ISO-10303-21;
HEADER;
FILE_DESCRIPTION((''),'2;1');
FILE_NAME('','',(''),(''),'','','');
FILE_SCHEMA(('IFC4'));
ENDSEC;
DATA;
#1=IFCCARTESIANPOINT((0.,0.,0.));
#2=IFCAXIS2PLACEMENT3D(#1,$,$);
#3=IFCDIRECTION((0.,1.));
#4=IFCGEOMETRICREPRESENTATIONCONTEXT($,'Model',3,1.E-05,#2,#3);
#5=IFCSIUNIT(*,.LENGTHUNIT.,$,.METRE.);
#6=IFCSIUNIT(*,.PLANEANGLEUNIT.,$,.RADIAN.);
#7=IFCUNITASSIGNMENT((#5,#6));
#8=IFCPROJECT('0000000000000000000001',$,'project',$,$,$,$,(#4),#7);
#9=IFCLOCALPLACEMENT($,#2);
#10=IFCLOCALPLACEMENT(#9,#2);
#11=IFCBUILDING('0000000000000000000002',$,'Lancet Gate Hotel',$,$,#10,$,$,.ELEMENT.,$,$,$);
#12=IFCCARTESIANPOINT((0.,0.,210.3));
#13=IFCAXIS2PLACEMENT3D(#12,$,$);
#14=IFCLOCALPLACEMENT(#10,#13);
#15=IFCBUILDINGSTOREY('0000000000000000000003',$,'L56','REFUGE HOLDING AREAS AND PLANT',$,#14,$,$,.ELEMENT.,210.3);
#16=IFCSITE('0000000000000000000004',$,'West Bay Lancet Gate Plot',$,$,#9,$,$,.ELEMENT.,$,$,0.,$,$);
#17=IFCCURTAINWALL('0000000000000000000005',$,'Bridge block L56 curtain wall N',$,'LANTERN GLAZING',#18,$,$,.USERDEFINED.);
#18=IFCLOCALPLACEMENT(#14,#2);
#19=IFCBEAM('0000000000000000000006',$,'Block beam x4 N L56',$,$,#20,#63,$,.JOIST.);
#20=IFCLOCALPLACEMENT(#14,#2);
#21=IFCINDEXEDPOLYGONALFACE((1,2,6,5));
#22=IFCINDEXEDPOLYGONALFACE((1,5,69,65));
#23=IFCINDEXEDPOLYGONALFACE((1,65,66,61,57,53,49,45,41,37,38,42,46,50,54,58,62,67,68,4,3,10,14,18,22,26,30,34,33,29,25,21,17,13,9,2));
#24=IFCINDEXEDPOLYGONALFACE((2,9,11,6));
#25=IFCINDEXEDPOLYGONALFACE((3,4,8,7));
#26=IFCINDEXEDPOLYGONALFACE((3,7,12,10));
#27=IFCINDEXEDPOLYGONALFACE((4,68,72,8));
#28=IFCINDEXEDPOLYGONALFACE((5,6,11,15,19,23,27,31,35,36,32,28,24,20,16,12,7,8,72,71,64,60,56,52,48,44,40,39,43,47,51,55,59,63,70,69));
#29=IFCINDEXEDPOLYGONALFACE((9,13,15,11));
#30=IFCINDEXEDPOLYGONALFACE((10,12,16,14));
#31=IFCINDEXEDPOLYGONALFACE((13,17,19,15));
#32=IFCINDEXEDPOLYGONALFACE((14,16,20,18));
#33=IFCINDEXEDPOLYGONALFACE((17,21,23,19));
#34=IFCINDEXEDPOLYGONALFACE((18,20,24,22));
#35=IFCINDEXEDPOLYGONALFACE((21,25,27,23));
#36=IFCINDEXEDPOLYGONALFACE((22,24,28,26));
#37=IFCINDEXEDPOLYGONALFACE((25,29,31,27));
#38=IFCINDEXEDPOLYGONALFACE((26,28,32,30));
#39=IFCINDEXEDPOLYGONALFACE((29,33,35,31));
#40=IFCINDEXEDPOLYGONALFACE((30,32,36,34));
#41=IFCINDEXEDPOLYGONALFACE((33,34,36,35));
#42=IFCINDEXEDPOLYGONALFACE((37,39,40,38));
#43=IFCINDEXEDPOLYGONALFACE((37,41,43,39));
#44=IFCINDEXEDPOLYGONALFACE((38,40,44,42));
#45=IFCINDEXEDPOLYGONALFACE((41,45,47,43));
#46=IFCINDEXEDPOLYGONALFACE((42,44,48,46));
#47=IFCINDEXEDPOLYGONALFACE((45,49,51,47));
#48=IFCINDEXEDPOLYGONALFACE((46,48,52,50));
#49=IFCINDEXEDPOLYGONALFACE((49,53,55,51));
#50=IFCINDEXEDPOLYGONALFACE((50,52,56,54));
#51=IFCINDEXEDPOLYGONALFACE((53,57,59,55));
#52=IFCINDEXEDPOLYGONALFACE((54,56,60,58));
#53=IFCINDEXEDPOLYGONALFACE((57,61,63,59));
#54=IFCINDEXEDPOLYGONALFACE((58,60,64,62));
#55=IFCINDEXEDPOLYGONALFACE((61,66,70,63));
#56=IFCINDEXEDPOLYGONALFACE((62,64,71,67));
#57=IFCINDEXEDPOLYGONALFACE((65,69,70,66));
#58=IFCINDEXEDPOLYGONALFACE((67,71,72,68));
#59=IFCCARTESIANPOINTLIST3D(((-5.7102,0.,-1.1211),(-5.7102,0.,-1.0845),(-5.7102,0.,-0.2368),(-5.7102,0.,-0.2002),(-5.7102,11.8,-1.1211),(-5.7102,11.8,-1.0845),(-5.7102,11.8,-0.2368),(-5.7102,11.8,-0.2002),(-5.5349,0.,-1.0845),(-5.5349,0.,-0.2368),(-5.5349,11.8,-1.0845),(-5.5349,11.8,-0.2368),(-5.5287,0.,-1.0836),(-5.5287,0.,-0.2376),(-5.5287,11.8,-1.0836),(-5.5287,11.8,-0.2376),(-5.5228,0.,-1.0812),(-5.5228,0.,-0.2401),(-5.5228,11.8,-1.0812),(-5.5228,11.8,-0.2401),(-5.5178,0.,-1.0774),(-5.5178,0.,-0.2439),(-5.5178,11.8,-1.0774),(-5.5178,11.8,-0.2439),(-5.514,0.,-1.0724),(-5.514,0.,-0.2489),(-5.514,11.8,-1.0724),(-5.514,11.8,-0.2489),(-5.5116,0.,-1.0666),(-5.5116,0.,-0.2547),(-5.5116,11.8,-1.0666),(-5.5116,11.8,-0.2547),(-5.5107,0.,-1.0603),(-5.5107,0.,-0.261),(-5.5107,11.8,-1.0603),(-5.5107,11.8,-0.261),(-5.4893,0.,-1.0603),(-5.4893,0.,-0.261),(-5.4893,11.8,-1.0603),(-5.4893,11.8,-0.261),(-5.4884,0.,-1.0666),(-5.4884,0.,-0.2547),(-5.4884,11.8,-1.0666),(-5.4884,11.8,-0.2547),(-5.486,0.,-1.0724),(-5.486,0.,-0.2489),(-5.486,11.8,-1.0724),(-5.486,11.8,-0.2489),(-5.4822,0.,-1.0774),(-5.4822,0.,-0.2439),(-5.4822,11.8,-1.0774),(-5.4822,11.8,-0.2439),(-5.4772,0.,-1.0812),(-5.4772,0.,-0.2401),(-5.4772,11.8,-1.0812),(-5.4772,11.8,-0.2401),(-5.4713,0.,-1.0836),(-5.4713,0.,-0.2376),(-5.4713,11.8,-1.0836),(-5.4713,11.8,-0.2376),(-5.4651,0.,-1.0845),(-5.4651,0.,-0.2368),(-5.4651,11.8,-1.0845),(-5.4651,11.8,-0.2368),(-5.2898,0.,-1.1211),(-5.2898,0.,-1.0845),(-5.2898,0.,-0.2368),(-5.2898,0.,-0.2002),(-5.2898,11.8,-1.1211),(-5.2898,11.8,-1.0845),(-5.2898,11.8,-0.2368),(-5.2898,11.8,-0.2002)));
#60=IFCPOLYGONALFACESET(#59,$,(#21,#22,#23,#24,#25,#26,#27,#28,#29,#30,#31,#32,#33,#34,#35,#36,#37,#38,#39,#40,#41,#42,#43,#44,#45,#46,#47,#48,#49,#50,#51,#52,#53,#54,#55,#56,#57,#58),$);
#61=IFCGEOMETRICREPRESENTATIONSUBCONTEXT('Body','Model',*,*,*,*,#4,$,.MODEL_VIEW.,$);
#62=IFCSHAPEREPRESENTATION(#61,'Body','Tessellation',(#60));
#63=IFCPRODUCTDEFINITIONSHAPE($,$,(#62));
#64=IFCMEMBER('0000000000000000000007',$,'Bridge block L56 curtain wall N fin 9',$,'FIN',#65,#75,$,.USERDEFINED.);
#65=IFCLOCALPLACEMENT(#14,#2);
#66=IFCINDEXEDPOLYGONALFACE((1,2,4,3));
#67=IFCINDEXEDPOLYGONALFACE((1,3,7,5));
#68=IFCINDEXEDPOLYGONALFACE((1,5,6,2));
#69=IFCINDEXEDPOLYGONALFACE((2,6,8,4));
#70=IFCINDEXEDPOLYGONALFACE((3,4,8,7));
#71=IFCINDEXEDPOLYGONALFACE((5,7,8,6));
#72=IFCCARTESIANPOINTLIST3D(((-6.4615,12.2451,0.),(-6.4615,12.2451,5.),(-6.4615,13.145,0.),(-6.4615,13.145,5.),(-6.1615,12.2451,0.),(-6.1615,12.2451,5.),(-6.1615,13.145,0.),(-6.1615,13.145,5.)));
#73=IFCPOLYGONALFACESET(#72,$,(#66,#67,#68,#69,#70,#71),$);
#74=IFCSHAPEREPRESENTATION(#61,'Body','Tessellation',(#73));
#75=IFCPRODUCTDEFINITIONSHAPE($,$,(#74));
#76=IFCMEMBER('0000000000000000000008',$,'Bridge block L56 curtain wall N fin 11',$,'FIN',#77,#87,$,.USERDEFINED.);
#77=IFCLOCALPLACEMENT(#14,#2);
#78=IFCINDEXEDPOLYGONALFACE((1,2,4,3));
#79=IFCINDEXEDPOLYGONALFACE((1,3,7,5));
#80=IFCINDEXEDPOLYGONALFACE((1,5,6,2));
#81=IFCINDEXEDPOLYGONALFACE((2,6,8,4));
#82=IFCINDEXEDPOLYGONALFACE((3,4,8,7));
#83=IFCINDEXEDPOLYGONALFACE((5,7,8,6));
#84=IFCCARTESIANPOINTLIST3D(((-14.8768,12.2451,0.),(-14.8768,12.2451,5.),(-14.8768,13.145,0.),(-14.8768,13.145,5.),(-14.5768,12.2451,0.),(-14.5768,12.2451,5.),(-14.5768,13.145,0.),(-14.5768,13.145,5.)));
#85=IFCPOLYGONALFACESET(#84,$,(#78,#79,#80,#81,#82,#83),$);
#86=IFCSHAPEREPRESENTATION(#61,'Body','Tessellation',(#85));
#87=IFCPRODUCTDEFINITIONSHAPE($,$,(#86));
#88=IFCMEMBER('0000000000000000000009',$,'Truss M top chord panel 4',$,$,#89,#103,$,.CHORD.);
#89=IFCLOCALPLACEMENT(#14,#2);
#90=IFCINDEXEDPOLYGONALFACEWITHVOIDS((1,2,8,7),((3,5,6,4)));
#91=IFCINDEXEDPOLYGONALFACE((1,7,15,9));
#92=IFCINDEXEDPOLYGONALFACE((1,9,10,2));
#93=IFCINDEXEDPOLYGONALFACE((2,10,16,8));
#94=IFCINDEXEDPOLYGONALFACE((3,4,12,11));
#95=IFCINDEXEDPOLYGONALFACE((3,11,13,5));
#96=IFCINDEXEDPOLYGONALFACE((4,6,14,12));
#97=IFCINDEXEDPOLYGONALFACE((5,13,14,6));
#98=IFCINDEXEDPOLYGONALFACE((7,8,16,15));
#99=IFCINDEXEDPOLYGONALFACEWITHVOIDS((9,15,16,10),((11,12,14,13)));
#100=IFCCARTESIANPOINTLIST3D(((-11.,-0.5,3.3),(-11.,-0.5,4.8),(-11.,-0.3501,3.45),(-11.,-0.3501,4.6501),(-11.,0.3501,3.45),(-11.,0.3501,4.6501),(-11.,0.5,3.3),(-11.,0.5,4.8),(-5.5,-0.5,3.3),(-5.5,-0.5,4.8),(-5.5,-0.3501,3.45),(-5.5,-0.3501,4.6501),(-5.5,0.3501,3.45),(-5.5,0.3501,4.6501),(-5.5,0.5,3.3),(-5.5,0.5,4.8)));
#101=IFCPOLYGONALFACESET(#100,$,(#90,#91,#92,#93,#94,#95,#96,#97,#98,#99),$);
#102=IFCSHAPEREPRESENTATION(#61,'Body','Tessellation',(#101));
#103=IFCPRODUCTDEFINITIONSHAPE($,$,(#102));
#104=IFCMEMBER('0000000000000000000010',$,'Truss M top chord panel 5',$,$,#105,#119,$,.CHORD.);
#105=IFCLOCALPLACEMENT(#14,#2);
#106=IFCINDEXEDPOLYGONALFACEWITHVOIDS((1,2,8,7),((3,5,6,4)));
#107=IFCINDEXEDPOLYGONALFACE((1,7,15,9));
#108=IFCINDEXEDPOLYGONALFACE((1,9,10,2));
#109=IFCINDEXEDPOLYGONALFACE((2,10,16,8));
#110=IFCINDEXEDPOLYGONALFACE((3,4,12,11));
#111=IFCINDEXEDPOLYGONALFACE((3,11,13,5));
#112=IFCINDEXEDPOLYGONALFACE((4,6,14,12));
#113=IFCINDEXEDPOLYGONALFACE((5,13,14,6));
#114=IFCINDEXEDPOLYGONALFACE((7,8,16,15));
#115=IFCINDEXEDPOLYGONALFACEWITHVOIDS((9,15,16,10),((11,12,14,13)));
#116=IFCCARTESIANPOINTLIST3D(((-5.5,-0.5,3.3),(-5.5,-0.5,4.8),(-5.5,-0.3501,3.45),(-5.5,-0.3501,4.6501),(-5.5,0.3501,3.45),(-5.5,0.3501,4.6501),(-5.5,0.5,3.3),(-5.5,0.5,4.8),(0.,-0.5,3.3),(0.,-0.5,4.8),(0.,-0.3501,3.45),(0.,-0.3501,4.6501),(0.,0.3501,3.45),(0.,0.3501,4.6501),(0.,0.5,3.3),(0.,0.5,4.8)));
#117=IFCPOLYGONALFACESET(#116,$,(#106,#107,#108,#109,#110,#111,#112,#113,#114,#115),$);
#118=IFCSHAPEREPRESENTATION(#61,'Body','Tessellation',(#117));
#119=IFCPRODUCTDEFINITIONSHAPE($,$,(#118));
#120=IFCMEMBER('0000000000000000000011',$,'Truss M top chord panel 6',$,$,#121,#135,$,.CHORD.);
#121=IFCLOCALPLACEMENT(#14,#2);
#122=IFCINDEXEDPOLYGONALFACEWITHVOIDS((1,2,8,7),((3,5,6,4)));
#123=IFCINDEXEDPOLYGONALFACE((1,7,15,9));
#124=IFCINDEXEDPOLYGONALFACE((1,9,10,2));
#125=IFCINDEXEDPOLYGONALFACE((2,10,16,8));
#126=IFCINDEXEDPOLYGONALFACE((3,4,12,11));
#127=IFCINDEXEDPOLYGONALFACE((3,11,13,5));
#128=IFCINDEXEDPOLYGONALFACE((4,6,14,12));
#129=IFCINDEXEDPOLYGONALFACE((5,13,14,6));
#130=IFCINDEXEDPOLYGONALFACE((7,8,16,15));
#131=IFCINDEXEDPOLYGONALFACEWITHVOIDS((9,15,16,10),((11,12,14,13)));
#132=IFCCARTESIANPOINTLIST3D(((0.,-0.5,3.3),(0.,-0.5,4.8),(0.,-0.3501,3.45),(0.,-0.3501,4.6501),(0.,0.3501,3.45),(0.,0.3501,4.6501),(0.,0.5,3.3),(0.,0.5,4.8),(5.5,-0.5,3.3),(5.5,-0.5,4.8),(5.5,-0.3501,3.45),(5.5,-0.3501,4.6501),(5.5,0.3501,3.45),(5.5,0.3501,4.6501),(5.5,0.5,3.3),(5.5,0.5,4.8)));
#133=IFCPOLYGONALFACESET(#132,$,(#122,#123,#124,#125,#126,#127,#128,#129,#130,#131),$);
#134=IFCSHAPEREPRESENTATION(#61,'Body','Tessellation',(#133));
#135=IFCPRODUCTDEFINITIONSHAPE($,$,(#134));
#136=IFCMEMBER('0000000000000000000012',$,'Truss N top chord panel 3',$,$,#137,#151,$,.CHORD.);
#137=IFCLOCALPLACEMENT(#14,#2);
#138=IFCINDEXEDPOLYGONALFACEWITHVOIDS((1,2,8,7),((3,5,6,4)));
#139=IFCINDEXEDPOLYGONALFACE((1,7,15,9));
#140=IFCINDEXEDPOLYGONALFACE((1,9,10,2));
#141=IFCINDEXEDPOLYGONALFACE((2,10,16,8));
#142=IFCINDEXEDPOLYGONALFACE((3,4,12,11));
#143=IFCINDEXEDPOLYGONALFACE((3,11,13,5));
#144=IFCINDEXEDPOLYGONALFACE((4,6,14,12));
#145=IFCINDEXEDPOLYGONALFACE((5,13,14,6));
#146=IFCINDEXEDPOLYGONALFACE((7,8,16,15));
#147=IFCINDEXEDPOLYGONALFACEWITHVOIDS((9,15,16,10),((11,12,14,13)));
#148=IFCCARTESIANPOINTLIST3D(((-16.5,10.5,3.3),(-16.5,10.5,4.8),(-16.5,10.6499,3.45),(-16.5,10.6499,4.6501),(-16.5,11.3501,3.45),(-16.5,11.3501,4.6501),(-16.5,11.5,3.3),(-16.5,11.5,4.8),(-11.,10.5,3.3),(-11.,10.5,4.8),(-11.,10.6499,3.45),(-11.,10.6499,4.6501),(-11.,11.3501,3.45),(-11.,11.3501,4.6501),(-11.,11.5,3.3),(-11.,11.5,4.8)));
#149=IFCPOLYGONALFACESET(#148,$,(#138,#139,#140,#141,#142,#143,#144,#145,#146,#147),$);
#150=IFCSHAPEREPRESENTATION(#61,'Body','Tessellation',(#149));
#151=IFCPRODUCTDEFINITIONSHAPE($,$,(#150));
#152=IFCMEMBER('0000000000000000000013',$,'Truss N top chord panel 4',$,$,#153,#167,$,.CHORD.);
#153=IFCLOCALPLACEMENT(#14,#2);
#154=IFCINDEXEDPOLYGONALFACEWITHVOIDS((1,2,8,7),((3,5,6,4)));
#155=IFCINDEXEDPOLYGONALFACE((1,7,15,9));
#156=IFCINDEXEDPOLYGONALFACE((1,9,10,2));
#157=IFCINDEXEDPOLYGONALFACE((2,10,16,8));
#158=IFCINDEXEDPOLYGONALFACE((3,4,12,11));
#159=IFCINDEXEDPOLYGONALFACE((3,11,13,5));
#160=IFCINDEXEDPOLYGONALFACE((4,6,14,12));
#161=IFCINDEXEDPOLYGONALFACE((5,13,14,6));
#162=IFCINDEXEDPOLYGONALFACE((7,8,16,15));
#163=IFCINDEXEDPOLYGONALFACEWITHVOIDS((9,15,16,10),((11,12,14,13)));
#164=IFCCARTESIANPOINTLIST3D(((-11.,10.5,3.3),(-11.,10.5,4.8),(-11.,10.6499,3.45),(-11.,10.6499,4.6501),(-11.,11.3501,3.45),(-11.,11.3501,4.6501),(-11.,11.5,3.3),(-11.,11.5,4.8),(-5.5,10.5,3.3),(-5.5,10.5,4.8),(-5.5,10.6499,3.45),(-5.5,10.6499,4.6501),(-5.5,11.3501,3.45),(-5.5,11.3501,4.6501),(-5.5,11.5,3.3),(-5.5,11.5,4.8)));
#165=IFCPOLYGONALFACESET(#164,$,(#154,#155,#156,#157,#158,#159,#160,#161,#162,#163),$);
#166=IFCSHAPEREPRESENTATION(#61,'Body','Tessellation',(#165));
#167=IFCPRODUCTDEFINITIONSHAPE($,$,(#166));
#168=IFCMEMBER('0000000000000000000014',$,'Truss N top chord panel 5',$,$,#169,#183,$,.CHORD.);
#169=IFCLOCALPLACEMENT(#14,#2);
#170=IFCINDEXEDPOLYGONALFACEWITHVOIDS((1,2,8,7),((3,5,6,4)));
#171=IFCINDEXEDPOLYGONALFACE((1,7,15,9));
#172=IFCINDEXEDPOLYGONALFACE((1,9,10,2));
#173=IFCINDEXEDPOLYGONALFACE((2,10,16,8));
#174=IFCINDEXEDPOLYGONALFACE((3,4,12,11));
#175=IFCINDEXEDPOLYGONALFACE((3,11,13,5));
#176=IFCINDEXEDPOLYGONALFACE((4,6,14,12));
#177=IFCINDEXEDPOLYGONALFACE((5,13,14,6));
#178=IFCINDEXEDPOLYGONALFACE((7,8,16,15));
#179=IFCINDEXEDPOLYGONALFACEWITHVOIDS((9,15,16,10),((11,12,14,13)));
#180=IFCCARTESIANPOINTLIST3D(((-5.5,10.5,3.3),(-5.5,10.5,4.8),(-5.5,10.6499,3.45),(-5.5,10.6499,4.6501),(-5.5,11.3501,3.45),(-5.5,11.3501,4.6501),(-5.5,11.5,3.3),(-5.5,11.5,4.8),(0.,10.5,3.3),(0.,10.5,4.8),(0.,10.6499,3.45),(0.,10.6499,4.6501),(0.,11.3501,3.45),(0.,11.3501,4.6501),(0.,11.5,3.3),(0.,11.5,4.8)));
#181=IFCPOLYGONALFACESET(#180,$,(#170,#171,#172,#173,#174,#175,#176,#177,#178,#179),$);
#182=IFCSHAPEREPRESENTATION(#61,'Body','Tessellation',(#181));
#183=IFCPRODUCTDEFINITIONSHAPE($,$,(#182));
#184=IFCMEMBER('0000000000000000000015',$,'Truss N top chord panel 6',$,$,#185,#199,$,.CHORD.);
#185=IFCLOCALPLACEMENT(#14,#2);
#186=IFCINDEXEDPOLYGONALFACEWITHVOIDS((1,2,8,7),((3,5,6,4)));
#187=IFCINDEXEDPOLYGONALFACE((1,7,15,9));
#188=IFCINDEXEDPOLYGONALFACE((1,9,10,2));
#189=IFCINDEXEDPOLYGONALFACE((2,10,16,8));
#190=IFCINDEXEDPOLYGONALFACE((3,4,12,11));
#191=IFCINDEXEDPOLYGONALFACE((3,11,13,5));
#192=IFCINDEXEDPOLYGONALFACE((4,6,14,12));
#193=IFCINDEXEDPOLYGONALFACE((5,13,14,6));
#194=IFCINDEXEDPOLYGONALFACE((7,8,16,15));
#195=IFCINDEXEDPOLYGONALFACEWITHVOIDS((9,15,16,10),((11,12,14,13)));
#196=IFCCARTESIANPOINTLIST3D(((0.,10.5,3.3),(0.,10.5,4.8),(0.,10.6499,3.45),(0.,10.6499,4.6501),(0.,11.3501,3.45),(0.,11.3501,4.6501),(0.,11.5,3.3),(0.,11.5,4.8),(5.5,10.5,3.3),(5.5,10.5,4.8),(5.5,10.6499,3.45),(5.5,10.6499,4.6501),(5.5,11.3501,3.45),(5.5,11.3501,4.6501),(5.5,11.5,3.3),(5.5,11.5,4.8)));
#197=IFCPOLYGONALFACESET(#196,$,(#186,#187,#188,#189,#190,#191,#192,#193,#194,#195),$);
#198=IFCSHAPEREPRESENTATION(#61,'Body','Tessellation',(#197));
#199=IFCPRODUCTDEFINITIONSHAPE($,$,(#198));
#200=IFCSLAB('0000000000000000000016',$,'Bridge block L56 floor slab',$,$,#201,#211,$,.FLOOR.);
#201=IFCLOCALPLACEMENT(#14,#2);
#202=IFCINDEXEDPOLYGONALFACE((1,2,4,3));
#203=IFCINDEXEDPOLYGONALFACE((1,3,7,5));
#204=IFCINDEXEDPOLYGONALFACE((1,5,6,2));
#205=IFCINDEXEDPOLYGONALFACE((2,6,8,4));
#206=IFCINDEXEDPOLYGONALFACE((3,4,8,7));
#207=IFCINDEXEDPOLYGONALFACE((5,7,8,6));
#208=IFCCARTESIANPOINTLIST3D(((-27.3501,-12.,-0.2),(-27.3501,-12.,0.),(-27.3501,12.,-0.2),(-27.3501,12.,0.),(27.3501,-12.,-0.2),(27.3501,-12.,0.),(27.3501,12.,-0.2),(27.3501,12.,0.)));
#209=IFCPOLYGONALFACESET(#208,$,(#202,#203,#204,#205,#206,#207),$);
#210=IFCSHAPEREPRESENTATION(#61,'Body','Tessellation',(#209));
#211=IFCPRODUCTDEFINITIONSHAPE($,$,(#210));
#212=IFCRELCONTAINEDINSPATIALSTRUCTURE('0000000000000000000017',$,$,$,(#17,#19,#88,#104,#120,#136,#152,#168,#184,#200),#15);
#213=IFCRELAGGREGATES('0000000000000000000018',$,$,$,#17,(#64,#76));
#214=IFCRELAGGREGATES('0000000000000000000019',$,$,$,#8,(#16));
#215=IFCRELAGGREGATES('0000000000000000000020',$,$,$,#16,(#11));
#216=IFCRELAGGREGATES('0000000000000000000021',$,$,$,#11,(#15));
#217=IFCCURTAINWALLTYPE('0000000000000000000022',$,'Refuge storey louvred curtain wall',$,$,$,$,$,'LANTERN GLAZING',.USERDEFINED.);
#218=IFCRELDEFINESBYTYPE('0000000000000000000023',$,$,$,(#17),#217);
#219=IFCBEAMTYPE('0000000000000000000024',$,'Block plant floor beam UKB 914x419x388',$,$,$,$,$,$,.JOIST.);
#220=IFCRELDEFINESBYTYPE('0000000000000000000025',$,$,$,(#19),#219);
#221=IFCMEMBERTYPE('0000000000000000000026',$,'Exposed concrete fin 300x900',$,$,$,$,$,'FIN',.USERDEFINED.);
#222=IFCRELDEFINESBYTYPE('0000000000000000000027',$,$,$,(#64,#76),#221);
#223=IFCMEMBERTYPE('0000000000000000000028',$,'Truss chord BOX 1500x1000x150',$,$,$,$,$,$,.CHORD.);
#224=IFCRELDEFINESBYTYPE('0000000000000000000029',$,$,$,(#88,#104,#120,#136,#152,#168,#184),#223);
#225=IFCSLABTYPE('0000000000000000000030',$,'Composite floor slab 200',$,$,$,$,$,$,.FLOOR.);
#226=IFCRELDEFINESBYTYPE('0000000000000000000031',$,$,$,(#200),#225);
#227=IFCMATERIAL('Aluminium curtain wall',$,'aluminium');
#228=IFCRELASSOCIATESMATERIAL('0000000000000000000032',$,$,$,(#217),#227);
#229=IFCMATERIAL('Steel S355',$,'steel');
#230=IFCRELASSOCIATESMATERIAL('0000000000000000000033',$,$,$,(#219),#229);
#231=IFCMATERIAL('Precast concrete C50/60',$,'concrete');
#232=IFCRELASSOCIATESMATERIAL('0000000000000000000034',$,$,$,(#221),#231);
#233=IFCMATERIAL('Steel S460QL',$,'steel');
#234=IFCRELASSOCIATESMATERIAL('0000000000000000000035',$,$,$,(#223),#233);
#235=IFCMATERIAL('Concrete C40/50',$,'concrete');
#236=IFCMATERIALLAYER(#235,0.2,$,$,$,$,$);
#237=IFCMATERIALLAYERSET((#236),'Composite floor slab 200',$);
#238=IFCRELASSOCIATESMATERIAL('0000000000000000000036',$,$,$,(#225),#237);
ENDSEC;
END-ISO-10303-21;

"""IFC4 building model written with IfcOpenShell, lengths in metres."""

from ifc_helpers import new_model, si_unit, direction, frame, origin, origin_2d, place, context, subcontext, project, spatial, polyline, rectangle, hollow_rectangle, i_section, outline, extrude, material, layer, layer_set, material_profile, profile_set, type_object, element, aggregate, save


model = new_model("IFC4")

# Units and contexts
model_context = context("Model", 3, precision=1e-05, world=origin(), true_north=direction((0.0, 1.0)))
body_context = subcontext(model_context, "Body", "Model", "MODEL_VIEW")
ifc_project = project(units=[si_unit("LENGTHUNIT", "METRE"), si_unit("PLANEANGLEUNIT", "RADIAN")], contexts=[model_context])

# Site, building, storey
site_placement = place(None, origin())
site = spatial("IfcSite", under=ifc_project, at=site_placement, Name="West Bay Lancet Gate Plot", CompositionType="ELEMENT", RefElevation=0.0)
building_placement = place(site_placement, origin())
building = spatial("IfcBuilding", under=site, at=building_placement, Name="Lancet Gate Hotel", CompositionType="ELEMENT")
storey_placement = place(building_placement, frame((0.0, 0.0, 210.3)))
storey = spatial("IfcBuildingStorey", under=building, at=storey_placement, Name="L56", Description="REFUGE HOLDING AREAS AND PLANT", CompositionType="ELEMENT", Elevation=210.3)

# Curtain wall
ifc_material_1 = material(Name="Aluminium curtain wall", Category="aluminium")
curtain_wall_type = type_object("IfcCurtainWallType", Name="Refuge storey louvred curtain wall", ElementType="LANTERN GLAZING", PredefinedType="USERDEFINED", material=ifc_material_1)
curtain_wall_placement = place(storey_placement, origin())
curtain_wall = element("IfcCurtainWall", 1, at=curtain_wall_placement, inside=storey, type_object=curtain_wall_type, Name="Bridge block L56 curtain wall N", ObjectType="LANTERN GLAZING", PredefinedType="USERDEFINED")

# Beam
ifc_material_2 = material(Name="Steel S355", Category="steel")
ifc_material_profile_1 = material_profile(ifc_material_2, i_section(OverallWidth=0.4204, OverallDepth=0.9209, WebThickness=0.0215, FlangeThickness=0.0366, FilletRadius=0.0242, at=origin_2d()), Name="UKB 914x419x388")
ifc_profile_set_1 = profile_set([ifc_material_profile_1], Name="Steel S355")
beam_type_1 = type_object("IfcBeamType", Name="Block plant floor beam UKB 914x419x388", PredefinedType="JOIST", material=ifc_profile_set_1)
for number, where, z_axis, x_axis, name in (
    (2, (-5.5, 0.0, -0.6606), (0.0, 1.0, 0.0), (-1.0, 0.0, 0.0), "Block beam x4 N L56"),
):
    element("IfcBeam", number, at=place(storey_placement, frame(where, z_axis=z_axis, x_axis=x_axis)), inside=storey, type_object=beam_type_1, Name=name, PredefinedType="JOIST", context=body_context, shape_type="SweptSolid", body=[
        extrude(i_section(OverallWidth=0.4204, OverallDepth=0.9209, WebThickness=0.0215, FlangeThickness=0.0366, FilletRadius=0.0242, at=origin_2d()), origin(), (0.0, 0.0, 1.0), 11.8),
    ])

# Members
ifc_material_3 = material(Name="Precast concrete C50/60", Category="concrete")
ifc_material_profile_2 = material_profile(ifc_material_3, rectangle(XDim=0.3, YDim=0.8999, at=origin_2d()), Name="FIN 300x900")
ifc_profile_set_2 = profile_set([ifc_material_profile_2], Name="Precast concrete C50/60")
member_type_1 = type_object("IfcMemberType", Name="Exposed concrete fin 300x900", ElementType="FIN", PredefinedType="USERDEFINED", material=ifc_profile_set_2)
member_1_placement = place(storey_placement, frame((-6.3115, 12.6951, 0.0), z_axis=(0.0, 0.0, 1.0), x_axis=(-1.0, 0.0, 0.0)))
member_1 = element("IfcMember", 3, at=member_1_placement, type_object=member_type_1, Name="Bridge block L56 curtain wall N fin 9", ObjectType="FIN", PredefinedType="USERDEFINED", context=body_context, shape_type="SweptSolid", body=[
    extrude(rectangle(XDim=0.3, YDim=0.8999, at=origin_2d()), origin(), (0.0, 0.0, 1.0), 5.0),
])
member_2_placement = place(storey_placement, frame((-14.7268, 12.6951, 0.0), z_axis=(0.0, 0.0, 1.0), x_axis=(-1.0, 0.0, 0.0)))
member_2 = element("IfcMember", 4, at=member_2_placement, type_object=member_type_1, Name="Bridge block L56 curtain wall N fin 11", ObjectType="FIN", PredefinedType="USERDEFINED", context=body_context, shape_type="SweptSolid", body=[
    extrude(rectangle(XDim=0.3, YDim=0.8999, at=origin_2d()), origin(), (0.0, 0.0, 1.0), 5.0),
])

# Members
ifc_material_4 = material(Name="Steel S460QL", Category="steel")
ifc_material_profile_3 = material_profile(ifc_material_4, hollow_rectangle(XDim=1.0, YDim=1.5, WallThickness=0.1499, at=origin_2d()), Name="BOX 1500x1000x150")
ifc_profile_set_3 = profile_set([ifc_material_profile_3], Name="Steel S460QL")
member_type_2 = type_object("IfcMemberType", Name="Truss chord BOX 1500x1000x150", PredefinedType="CHORD", material=ifc_profile_set_3)
for number, where, z_axis, x_axis, name in (
    (5, (-11.0, 0.0, 4.05), (1.0, 0.0, 0.0), (0.0, 1.0, 0.0), "Truss M top chord panel 4"),
    (6, (-5.5, 0.0, 4.05), (1.0, 0.0, 0.0), (0.0, 1.0, 0.0), "Truss M top chord panel 5"),
    (7, (0.0, 0.0, 4.05), (1.0, 0.0, 0.0), (0.0, 1.0, 0.0), "Truss M top chord panel 6"),
    (8, (-16.5, 11.0, 4.05), (1.0, 0.0, 0.0), (0.0, 1.0, 0.0), "Truss N top chord panel 3"),
    (9, (-11.0, 11.0, 4.05), (1.0, 0.0, 0.0), (0.0, 1.0, 0.0), "Truss N top chord panel 4"),
    (10, (-5.5, 11.0, 4.05), (1.0, 0.0, 0.0), (0.0, 1.0, 0.0), "Truss N top chord panel 5"),
    (11, (0.0, 11.0, 4.05), (1.0, 0.0, 0.0), (0.0, 1.0, 0.0), "Truss N top chord panel 6"),
):
    element("IfcMember", number, at=place(storey_placement, frame(where, z_axis=z_axis, x_axis=x_axis)), inside=storey, type_object=member_type_2, Name=name, PredefinedType="CHORD", context=body_context, shape_type="SweptSolid", body=[
        extrude(hollow_rectangle(XDim=1.0, YDim=1.5, WallThickness=0.1499, at=origin_2d()), origin(), (0.0, 0.0, 1.0), 5.5),
    ])

# Slab
ifc_material_5 = material(Name="Concrete C40/50", Category="concrete")
ifc_layer_1 = layer(ifc_material_5, 0.2)
ifc_layer_set_1 = layer_set([ifc_layer_1], Name="Composite floor slab 200")
slab_type_1 = type_object("IfcSlabType", Name="Composite floor slab 200", PredefinedType="FLOOR", material=ifc_layer_set_1)
slab_1_placement = place(storey_placement, frame((0.0, 0.0, -0.2)))
element("IfcSlab", 12, at=slab_1_placement, inside=storey, type_object=slab_type_1, Name="Bridge block L56 floor slab", PredefinedType="FLOOR", context=body_context, shape_type="SweptSolid", body=[
    extrude(outline(polyline([(27.3501, -12.0), (27.3501, 12.0), (-27.3501, 12.0), (-27.3501, -12.0), (27.3501, -12.0)])), origin(), (0.0, 0.0, 1.0), 0.2),
])

aggregate(curtain_wall, [member_1, member_2])

save(model, "model.ifc")
